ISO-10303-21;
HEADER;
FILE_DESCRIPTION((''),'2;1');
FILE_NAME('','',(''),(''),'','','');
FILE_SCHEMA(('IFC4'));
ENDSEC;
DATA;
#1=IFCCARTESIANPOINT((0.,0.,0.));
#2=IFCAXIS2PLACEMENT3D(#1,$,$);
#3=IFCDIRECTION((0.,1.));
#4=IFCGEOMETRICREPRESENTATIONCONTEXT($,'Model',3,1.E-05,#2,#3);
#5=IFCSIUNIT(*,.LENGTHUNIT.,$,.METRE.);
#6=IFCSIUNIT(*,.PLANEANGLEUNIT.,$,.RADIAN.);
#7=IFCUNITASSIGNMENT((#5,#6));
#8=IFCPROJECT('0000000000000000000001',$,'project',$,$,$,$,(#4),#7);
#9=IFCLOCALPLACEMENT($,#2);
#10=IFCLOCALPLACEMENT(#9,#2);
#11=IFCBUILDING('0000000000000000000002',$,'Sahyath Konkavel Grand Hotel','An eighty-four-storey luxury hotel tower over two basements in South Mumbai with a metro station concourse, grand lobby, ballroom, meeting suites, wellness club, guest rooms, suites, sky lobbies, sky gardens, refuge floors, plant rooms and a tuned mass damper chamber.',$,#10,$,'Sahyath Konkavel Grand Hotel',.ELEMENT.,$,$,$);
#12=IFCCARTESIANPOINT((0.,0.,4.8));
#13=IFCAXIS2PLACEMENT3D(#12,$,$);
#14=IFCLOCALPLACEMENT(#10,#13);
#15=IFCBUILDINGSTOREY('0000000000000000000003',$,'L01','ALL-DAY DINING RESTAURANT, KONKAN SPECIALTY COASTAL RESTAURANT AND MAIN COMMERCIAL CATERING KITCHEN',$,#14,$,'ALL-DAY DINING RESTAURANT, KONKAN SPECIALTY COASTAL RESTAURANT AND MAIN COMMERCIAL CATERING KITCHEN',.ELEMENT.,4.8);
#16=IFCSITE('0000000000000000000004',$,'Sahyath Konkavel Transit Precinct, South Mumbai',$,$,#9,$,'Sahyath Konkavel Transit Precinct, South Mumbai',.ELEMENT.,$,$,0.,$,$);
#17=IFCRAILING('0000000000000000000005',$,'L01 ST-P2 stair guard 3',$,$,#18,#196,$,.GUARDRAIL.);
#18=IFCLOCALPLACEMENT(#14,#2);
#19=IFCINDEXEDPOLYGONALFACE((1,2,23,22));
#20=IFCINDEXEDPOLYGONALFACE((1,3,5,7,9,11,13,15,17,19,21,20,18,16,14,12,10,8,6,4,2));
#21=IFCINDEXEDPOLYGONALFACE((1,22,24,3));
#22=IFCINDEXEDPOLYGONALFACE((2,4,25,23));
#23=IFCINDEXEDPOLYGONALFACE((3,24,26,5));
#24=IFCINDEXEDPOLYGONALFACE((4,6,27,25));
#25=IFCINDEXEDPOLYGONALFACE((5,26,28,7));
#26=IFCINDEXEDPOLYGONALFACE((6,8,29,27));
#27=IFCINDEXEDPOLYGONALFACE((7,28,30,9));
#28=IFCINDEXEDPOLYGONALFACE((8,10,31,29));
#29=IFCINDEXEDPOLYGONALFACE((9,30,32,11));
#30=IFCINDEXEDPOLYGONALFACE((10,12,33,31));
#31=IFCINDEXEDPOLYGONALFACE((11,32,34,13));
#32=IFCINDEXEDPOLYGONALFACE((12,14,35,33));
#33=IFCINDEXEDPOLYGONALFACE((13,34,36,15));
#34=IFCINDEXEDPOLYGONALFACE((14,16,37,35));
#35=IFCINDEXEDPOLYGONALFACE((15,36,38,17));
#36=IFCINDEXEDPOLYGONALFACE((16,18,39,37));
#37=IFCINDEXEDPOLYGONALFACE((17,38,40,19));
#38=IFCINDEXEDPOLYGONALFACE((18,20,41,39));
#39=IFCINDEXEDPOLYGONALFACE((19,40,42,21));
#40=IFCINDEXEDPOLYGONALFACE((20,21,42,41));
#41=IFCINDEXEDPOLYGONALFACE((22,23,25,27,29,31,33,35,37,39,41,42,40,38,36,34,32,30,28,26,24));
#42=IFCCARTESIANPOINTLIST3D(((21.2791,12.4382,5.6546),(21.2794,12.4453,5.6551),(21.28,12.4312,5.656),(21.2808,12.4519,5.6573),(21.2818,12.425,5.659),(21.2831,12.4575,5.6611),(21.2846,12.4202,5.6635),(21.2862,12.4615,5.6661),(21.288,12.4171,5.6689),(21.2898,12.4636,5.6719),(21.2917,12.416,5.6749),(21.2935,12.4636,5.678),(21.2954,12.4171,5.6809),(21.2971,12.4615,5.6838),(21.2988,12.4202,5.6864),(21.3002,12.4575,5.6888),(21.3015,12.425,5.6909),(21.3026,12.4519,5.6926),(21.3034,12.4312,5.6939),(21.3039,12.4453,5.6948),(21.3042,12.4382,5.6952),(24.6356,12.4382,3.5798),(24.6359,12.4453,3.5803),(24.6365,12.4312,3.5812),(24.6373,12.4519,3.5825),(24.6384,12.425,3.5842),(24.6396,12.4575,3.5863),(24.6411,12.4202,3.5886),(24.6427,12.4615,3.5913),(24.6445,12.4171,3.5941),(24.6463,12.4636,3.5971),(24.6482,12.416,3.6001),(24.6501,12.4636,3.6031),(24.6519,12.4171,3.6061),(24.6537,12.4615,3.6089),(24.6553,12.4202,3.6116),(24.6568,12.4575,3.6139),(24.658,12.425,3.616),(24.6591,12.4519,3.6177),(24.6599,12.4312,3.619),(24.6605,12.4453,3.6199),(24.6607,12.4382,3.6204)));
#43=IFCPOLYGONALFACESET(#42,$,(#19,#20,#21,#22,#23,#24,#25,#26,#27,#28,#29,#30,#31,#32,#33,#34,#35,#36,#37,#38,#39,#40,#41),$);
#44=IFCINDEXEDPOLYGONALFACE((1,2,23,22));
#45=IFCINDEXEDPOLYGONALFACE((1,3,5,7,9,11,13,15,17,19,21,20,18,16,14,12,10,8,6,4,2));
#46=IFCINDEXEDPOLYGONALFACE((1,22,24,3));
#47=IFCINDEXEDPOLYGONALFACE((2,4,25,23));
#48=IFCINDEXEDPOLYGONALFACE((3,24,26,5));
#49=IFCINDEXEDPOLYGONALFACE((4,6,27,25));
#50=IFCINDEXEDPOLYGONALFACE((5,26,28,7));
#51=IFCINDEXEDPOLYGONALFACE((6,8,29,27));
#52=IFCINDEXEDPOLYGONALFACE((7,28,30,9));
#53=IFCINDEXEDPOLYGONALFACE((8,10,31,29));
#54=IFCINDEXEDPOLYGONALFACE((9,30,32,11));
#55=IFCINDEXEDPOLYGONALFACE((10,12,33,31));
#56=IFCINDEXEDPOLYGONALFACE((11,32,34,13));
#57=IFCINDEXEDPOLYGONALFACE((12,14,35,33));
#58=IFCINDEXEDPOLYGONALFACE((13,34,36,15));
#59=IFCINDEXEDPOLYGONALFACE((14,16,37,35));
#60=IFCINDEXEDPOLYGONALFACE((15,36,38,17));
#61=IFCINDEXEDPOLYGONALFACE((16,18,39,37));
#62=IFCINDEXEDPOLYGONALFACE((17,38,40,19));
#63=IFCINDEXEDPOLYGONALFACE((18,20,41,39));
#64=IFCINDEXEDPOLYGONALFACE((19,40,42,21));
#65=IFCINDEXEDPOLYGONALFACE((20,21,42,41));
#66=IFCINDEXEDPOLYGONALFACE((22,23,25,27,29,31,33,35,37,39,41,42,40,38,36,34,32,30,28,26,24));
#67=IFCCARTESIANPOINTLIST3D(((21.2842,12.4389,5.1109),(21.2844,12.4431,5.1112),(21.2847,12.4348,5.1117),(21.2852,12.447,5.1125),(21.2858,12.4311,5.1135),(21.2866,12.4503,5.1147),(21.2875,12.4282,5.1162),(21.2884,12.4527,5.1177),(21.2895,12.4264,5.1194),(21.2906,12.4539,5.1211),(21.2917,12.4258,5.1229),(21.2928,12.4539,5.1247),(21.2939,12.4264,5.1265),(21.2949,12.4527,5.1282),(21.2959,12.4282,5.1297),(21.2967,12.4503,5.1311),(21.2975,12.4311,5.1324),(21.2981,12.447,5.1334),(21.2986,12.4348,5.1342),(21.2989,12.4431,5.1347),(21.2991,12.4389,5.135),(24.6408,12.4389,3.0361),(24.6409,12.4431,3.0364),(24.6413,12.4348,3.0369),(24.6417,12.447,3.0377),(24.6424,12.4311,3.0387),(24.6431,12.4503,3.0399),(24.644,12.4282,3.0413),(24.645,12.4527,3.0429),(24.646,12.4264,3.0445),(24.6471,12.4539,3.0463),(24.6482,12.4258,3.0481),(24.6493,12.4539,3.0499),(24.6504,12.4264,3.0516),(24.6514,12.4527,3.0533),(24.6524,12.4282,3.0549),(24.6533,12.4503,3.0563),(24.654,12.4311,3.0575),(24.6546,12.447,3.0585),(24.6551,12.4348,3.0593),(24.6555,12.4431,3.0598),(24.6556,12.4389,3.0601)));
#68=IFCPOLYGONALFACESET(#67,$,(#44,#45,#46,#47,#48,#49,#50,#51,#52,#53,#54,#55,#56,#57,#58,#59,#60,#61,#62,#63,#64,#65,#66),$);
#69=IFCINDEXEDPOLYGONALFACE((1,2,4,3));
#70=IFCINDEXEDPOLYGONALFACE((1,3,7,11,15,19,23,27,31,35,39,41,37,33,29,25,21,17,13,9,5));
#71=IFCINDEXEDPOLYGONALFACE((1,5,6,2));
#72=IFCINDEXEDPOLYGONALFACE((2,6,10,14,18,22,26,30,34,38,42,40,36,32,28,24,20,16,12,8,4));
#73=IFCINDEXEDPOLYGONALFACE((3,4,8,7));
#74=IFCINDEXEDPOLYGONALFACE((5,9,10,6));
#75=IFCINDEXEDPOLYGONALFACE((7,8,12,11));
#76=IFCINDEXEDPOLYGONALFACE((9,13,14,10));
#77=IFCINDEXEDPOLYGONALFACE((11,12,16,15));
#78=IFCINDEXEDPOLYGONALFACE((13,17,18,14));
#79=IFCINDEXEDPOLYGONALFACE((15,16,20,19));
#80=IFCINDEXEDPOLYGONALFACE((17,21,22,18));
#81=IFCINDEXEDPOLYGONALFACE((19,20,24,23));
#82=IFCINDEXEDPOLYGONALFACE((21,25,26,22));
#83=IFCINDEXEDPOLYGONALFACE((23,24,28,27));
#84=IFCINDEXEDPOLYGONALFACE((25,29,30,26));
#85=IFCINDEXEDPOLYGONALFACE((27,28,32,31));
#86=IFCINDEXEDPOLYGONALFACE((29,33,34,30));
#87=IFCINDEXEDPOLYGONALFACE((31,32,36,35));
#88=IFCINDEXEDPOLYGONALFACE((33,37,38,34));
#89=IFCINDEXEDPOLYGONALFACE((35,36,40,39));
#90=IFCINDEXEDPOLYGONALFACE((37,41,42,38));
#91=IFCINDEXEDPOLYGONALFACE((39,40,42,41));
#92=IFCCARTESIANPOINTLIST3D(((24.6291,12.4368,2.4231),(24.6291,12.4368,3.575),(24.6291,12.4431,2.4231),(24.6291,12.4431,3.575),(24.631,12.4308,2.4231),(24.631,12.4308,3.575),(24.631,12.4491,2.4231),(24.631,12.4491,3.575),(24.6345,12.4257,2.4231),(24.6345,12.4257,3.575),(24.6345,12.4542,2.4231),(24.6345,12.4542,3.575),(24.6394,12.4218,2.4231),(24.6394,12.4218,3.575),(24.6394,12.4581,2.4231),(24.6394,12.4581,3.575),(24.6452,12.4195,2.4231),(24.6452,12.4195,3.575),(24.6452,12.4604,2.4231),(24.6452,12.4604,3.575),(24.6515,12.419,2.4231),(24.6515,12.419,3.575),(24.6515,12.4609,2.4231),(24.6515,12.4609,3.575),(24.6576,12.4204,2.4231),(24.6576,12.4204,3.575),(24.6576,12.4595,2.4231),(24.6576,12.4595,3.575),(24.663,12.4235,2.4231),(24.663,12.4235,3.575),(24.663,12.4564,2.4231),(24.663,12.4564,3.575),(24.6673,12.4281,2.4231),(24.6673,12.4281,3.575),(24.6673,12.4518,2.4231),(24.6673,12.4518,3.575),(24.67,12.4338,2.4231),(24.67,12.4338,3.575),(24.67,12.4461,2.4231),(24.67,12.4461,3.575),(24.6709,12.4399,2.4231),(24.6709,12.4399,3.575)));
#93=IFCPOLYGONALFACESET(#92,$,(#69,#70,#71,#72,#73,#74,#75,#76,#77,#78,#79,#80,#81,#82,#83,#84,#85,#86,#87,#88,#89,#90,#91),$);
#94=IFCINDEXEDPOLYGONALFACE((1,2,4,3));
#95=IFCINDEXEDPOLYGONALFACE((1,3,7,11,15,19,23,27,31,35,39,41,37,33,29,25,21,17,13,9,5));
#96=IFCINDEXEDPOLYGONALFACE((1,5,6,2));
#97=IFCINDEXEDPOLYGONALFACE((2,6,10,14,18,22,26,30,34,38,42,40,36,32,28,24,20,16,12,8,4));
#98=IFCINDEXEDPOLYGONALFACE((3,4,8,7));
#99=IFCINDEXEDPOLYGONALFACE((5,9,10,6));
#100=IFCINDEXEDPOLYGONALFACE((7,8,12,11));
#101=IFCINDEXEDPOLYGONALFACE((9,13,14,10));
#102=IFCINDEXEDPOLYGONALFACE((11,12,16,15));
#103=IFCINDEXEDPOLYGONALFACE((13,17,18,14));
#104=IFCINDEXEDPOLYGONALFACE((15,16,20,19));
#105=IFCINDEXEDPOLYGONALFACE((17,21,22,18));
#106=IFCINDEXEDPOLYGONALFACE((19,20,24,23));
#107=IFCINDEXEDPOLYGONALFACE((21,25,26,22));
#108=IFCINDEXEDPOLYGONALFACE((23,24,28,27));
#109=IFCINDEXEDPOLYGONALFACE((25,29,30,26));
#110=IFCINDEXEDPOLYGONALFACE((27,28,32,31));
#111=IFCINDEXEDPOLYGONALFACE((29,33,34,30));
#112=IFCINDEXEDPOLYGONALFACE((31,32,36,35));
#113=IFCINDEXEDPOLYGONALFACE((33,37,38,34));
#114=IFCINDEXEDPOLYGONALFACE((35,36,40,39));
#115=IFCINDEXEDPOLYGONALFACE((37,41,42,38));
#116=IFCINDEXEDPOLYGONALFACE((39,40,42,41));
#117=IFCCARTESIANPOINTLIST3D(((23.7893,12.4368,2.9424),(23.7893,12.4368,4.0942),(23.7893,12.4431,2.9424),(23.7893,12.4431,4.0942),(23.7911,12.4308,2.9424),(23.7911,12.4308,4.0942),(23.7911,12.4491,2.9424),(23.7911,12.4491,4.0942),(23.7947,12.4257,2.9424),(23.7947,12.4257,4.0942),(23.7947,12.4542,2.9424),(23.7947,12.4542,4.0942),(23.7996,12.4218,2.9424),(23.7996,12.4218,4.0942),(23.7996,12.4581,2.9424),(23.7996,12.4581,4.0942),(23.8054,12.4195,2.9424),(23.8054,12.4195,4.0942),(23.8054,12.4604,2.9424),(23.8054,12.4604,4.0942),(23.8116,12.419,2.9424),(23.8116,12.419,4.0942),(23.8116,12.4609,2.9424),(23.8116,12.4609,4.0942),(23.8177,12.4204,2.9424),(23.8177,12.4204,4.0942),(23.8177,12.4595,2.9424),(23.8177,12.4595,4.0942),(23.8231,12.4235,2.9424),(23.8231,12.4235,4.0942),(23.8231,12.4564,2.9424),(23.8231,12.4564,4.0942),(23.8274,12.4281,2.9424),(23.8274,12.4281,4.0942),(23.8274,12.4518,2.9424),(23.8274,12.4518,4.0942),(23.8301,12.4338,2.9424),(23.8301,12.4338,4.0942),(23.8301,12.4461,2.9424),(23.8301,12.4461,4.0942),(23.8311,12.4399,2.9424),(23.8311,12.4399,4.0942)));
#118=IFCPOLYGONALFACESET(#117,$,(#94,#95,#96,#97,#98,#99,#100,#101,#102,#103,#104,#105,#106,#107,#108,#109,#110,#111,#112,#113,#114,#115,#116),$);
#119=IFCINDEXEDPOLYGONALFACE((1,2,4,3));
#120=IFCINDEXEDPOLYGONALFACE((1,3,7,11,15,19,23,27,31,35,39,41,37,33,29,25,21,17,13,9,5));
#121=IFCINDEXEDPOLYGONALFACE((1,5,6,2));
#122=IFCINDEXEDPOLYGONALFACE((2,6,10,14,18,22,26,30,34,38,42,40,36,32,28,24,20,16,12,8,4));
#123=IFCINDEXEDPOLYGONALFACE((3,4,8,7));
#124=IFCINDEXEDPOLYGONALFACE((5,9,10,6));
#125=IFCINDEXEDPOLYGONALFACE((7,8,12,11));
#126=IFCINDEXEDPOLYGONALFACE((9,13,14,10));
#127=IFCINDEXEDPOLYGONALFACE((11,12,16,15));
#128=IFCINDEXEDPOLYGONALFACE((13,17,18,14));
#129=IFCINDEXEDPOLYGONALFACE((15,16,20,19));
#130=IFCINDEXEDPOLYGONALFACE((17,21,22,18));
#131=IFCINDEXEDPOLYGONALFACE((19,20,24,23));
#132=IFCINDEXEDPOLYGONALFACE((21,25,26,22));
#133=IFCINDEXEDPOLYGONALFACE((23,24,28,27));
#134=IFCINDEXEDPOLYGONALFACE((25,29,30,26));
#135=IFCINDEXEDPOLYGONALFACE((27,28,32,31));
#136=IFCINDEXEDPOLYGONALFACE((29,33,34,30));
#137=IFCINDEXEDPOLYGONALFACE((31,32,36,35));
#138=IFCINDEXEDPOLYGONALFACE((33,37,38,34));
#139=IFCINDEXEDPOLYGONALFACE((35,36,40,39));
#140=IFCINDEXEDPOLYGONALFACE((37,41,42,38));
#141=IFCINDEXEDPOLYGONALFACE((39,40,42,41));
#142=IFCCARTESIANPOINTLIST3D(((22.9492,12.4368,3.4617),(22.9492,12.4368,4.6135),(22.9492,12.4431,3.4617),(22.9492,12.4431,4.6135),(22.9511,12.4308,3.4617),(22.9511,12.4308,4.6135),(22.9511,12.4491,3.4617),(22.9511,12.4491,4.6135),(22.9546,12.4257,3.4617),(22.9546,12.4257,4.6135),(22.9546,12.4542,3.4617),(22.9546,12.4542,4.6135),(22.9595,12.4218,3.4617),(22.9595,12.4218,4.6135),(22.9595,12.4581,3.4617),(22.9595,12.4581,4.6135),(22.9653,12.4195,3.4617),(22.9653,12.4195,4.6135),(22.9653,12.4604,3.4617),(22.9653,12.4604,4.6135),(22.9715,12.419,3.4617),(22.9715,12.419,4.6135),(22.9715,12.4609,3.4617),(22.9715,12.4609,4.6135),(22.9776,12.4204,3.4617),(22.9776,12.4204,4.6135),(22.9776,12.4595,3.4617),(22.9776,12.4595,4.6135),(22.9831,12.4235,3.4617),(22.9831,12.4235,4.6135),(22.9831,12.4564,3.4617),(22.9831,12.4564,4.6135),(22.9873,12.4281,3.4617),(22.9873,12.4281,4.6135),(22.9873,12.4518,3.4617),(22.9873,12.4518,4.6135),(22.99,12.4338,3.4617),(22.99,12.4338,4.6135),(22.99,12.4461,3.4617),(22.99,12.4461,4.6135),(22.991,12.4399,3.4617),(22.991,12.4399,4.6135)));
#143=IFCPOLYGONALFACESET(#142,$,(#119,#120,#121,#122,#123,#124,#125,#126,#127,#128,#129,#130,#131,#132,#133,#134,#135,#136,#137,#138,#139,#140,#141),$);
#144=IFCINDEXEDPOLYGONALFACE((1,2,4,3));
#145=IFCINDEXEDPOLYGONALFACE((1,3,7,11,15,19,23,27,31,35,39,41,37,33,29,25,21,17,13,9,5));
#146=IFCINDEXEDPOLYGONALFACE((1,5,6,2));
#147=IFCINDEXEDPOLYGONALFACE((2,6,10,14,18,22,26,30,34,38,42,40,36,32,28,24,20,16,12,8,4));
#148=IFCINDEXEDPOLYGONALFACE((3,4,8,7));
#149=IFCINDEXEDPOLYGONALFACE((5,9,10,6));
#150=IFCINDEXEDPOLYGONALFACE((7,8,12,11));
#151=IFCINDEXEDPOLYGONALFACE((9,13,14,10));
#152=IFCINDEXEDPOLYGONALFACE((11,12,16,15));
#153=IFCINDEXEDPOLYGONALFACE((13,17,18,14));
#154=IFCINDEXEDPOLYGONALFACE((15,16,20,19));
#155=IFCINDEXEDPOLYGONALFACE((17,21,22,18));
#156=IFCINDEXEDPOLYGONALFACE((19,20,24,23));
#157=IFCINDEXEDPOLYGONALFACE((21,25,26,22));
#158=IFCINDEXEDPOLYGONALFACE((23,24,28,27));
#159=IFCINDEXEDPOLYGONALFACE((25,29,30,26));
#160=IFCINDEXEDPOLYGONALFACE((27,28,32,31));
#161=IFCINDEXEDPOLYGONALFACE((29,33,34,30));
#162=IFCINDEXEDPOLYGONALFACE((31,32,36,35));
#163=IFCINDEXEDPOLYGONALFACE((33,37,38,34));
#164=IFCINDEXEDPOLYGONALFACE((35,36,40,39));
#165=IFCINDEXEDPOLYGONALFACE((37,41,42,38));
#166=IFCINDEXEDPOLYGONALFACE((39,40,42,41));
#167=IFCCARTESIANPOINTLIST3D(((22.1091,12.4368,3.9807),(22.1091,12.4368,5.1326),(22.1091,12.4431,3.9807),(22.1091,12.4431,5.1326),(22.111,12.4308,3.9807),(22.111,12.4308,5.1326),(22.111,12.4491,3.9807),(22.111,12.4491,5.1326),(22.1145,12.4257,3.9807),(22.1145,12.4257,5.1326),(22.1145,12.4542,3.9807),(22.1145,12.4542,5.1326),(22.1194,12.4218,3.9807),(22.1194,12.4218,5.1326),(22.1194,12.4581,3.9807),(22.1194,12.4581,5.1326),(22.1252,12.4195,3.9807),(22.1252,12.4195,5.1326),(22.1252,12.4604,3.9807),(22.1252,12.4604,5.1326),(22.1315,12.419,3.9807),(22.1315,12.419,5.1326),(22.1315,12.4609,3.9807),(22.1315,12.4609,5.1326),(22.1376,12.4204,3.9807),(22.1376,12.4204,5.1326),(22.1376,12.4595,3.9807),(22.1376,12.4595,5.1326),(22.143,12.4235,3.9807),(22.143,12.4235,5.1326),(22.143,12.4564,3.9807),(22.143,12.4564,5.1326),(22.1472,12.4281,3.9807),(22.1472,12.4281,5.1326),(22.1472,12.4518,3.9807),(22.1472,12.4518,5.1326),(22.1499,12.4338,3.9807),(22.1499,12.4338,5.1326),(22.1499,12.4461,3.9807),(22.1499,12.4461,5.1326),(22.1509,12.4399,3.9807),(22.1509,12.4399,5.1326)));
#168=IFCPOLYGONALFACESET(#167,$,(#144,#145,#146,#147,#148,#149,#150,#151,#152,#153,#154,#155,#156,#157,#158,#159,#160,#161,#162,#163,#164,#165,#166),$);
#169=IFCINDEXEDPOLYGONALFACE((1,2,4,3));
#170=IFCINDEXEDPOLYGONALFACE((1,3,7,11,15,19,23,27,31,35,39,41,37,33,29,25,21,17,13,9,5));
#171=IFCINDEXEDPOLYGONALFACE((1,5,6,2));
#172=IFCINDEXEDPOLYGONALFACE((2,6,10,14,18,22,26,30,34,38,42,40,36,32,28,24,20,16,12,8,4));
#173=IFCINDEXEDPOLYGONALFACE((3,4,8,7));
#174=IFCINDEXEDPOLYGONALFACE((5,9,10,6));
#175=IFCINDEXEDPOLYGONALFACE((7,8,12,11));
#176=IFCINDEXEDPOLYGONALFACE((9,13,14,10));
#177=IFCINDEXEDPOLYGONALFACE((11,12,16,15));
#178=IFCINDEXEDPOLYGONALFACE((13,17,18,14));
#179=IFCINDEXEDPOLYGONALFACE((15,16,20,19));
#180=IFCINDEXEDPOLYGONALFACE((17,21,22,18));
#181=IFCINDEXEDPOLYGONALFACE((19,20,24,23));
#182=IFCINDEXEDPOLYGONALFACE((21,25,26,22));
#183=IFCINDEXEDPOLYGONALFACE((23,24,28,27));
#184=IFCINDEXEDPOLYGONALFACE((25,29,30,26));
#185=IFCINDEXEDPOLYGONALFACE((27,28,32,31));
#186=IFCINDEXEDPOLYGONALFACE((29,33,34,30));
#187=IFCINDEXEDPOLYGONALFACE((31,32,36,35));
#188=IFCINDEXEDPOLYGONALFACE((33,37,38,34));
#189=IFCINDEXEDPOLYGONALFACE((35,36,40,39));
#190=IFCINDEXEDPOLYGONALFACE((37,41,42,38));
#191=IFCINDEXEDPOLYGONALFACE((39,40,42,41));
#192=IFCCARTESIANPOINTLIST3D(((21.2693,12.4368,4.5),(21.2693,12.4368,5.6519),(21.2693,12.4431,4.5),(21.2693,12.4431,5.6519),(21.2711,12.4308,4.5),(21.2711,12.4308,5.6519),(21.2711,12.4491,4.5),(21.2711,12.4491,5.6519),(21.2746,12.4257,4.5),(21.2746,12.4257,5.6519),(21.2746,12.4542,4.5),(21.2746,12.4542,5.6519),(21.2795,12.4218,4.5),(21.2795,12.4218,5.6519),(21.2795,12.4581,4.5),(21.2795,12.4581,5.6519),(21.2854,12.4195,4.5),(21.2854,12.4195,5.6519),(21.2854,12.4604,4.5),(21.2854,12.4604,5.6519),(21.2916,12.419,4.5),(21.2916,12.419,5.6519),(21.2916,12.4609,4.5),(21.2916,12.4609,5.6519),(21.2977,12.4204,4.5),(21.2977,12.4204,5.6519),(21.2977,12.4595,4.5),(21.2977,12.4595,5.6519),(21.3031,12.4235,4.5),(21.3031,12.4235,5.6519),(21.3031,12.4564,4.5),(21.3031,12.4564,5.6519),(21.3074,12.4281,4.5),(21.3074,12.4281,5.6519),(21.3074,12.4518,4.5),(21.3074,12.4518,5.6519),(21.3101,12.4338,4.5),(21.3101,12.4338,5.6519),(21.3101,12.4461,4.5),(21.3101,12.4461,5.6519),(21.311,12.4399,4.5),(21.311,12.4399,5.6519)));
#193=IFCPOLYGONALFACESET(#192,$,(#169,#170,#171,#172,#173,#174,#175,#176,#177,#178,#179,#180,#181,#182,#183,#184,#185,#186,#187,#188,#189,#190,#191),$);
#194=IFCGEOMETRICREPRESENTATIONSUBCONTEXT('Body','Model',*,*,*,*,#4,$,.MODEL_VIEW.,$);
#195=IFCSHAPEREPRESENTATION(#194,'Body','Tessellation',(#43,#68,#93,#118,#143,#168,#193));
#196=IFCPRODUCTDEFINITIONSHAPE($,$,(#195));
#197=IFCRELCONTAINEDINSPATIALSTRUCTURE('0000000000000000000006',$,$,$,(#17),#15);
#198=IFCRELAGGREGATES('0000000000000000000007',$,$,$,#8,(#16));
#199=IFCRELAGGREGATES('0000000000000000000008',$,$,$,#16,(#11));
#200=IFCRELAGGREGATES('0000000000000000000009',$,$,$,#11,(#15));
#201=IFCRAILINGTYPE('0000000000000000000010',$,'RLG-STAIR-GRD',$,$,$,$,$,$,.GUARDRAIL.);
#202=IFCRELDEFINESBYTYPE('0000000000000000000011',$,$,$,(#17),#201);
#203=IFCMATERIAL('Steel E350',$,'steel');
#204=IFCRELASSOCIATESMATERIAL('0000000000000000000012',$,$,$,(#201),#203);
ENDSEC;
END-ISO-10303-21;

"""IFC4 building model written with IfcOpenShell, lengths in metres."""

from ifc_helpers import new_model, si_unit, direction, frame, origin, origin_2d, place, context, subcontext, project, spatial, circle, extrude, material, type_object, element, save


model = new_model("IFC4")

# Units and contexts
model_context = context("Model", 3, precision=1e-05, world=origin(), true_north=direction((0.0, 1.0)))
body_context = subcontext(model_context, "Body", "Model", "MODEL_VIEW")
ifc_project = project(units=[si_unit("LENGTHUNIT", "METRE"), si_unit("PLANEANGLEUNIT", "RADIAN")], contexts=[model_context])

# Site, building, storey
site_placement = place(None, origin())
site = spatial("IfcSite", under=ifc_project, at=site_placement, Name="Sahyath Konkavel Transit Precinct, South Mumbai", LongName="Sahyath Konkavel Transit Precinct, South Mumbai", CompositionType="ELEMENT", RefElevation=0.0)
building_placement = place(site_placement, origin())
building = spatial("IfcBuilding", under=site, at=building_placement, Name="Sahyath Konkavel Grand Hotel", Description="An eighty-four-storey luxury hotel tower over two basements in South Mumbai with a metro station concourse, grand lobby, ballroom, meeting suites, wellness club, guest rooms, suites, sky lobbies, sky gardens, refuge floors, plant rooms and a tuned mass damper chamber.", LongName="Sahyath Konkavel Grand Hotel", CompositionType="ELEMENT")
storey_placement = place(building_placement, frame((0.0, 0.0, 4.8)))
storey = spatial("IfcBuildingStorey", under=building, at=storey_placement, Name="L01", Description="ALL-DAY DINING RESTAURANT, KONKAN SPECIALTY COASTAL RESTAURANT AND MAIN COMMERCIAL CATERING KITCHEN", LongName="ALL-DAY DINING RESTAURANT, KONKAN SPECIALTY COASTAL RESTAURANT AND MAIN COMMERCIAL CATERING KITCHEN", CompositionType="ELEMENT", Elevation=4.8)

# Shared definitions
ifc_material_1 = material(Name="Steel E350", Category="steel")

# Railing
railing_type_1 = type_object("IfcRailingType", Name="RLG-STAIR-GRD", PredefinedType="GUARDRAIL", material=ifc_material_1)
railing_1_placement = place(storey_placement, frame((24.6499, 12.4399, 2.4231)))
element("IfcRailing", 1, at=railing_1_placement, inside=storey, type_object=railing_type_1, Name="L01 ST-P2 stair guard 3", PredefinedType="GUARDRAIL", context=body_context, shape_type="SweptSolid", body=[
    extrude(circle(Radius=0.0239, at=origin_2d()), frame((-0.0017, 0.0, 1.177), z_axis=(-0.850606, 0.0, 0.525803), x_axis=(0.0, -1.0, 0.0)), (0.0, 0.0, 1.0), 3.946),
    extrude(circle(Radius=0.0142, at=origin_2d()), frame((-0.0017, 0.0, 0.625), z_axis=(-0.850606, 0.0, 0.525803), x_axis=(0.0, -1.0, 0.0)), (0.0, 0.0, 1.0), 3.946),
    extrude(circle(Radius=0.021, at=origin_2d()), origin(), (0.0, 0.0, 1.0), 1.1519),
    extrude(circle(Radius=0.021, at=origin_2d()), frame((-0.8398, 0.0, 0.5193)), (0.0, 0.0, 1.0), 1.1519),
    extrude(circle(Radius=0.021, at=origin_2d()), frame((-1.6799, 0.0, 1.0386)), (0.0, 0.0, 1.0), 1.1519),
    extrude(circle(Radius=0.021, at=origin_2d()), frame((-2.52, 0.0, 1.5576)), (0.0, 0.0, 1.0), 1.1519),
    extrude(circle(Radius=0.021, at=origin_2d()), frame((-3.3599, 0.0, 2.0769)), (0.0, 0.0, 1.0), 1.1519),
])

save(model, "model.ifc")
